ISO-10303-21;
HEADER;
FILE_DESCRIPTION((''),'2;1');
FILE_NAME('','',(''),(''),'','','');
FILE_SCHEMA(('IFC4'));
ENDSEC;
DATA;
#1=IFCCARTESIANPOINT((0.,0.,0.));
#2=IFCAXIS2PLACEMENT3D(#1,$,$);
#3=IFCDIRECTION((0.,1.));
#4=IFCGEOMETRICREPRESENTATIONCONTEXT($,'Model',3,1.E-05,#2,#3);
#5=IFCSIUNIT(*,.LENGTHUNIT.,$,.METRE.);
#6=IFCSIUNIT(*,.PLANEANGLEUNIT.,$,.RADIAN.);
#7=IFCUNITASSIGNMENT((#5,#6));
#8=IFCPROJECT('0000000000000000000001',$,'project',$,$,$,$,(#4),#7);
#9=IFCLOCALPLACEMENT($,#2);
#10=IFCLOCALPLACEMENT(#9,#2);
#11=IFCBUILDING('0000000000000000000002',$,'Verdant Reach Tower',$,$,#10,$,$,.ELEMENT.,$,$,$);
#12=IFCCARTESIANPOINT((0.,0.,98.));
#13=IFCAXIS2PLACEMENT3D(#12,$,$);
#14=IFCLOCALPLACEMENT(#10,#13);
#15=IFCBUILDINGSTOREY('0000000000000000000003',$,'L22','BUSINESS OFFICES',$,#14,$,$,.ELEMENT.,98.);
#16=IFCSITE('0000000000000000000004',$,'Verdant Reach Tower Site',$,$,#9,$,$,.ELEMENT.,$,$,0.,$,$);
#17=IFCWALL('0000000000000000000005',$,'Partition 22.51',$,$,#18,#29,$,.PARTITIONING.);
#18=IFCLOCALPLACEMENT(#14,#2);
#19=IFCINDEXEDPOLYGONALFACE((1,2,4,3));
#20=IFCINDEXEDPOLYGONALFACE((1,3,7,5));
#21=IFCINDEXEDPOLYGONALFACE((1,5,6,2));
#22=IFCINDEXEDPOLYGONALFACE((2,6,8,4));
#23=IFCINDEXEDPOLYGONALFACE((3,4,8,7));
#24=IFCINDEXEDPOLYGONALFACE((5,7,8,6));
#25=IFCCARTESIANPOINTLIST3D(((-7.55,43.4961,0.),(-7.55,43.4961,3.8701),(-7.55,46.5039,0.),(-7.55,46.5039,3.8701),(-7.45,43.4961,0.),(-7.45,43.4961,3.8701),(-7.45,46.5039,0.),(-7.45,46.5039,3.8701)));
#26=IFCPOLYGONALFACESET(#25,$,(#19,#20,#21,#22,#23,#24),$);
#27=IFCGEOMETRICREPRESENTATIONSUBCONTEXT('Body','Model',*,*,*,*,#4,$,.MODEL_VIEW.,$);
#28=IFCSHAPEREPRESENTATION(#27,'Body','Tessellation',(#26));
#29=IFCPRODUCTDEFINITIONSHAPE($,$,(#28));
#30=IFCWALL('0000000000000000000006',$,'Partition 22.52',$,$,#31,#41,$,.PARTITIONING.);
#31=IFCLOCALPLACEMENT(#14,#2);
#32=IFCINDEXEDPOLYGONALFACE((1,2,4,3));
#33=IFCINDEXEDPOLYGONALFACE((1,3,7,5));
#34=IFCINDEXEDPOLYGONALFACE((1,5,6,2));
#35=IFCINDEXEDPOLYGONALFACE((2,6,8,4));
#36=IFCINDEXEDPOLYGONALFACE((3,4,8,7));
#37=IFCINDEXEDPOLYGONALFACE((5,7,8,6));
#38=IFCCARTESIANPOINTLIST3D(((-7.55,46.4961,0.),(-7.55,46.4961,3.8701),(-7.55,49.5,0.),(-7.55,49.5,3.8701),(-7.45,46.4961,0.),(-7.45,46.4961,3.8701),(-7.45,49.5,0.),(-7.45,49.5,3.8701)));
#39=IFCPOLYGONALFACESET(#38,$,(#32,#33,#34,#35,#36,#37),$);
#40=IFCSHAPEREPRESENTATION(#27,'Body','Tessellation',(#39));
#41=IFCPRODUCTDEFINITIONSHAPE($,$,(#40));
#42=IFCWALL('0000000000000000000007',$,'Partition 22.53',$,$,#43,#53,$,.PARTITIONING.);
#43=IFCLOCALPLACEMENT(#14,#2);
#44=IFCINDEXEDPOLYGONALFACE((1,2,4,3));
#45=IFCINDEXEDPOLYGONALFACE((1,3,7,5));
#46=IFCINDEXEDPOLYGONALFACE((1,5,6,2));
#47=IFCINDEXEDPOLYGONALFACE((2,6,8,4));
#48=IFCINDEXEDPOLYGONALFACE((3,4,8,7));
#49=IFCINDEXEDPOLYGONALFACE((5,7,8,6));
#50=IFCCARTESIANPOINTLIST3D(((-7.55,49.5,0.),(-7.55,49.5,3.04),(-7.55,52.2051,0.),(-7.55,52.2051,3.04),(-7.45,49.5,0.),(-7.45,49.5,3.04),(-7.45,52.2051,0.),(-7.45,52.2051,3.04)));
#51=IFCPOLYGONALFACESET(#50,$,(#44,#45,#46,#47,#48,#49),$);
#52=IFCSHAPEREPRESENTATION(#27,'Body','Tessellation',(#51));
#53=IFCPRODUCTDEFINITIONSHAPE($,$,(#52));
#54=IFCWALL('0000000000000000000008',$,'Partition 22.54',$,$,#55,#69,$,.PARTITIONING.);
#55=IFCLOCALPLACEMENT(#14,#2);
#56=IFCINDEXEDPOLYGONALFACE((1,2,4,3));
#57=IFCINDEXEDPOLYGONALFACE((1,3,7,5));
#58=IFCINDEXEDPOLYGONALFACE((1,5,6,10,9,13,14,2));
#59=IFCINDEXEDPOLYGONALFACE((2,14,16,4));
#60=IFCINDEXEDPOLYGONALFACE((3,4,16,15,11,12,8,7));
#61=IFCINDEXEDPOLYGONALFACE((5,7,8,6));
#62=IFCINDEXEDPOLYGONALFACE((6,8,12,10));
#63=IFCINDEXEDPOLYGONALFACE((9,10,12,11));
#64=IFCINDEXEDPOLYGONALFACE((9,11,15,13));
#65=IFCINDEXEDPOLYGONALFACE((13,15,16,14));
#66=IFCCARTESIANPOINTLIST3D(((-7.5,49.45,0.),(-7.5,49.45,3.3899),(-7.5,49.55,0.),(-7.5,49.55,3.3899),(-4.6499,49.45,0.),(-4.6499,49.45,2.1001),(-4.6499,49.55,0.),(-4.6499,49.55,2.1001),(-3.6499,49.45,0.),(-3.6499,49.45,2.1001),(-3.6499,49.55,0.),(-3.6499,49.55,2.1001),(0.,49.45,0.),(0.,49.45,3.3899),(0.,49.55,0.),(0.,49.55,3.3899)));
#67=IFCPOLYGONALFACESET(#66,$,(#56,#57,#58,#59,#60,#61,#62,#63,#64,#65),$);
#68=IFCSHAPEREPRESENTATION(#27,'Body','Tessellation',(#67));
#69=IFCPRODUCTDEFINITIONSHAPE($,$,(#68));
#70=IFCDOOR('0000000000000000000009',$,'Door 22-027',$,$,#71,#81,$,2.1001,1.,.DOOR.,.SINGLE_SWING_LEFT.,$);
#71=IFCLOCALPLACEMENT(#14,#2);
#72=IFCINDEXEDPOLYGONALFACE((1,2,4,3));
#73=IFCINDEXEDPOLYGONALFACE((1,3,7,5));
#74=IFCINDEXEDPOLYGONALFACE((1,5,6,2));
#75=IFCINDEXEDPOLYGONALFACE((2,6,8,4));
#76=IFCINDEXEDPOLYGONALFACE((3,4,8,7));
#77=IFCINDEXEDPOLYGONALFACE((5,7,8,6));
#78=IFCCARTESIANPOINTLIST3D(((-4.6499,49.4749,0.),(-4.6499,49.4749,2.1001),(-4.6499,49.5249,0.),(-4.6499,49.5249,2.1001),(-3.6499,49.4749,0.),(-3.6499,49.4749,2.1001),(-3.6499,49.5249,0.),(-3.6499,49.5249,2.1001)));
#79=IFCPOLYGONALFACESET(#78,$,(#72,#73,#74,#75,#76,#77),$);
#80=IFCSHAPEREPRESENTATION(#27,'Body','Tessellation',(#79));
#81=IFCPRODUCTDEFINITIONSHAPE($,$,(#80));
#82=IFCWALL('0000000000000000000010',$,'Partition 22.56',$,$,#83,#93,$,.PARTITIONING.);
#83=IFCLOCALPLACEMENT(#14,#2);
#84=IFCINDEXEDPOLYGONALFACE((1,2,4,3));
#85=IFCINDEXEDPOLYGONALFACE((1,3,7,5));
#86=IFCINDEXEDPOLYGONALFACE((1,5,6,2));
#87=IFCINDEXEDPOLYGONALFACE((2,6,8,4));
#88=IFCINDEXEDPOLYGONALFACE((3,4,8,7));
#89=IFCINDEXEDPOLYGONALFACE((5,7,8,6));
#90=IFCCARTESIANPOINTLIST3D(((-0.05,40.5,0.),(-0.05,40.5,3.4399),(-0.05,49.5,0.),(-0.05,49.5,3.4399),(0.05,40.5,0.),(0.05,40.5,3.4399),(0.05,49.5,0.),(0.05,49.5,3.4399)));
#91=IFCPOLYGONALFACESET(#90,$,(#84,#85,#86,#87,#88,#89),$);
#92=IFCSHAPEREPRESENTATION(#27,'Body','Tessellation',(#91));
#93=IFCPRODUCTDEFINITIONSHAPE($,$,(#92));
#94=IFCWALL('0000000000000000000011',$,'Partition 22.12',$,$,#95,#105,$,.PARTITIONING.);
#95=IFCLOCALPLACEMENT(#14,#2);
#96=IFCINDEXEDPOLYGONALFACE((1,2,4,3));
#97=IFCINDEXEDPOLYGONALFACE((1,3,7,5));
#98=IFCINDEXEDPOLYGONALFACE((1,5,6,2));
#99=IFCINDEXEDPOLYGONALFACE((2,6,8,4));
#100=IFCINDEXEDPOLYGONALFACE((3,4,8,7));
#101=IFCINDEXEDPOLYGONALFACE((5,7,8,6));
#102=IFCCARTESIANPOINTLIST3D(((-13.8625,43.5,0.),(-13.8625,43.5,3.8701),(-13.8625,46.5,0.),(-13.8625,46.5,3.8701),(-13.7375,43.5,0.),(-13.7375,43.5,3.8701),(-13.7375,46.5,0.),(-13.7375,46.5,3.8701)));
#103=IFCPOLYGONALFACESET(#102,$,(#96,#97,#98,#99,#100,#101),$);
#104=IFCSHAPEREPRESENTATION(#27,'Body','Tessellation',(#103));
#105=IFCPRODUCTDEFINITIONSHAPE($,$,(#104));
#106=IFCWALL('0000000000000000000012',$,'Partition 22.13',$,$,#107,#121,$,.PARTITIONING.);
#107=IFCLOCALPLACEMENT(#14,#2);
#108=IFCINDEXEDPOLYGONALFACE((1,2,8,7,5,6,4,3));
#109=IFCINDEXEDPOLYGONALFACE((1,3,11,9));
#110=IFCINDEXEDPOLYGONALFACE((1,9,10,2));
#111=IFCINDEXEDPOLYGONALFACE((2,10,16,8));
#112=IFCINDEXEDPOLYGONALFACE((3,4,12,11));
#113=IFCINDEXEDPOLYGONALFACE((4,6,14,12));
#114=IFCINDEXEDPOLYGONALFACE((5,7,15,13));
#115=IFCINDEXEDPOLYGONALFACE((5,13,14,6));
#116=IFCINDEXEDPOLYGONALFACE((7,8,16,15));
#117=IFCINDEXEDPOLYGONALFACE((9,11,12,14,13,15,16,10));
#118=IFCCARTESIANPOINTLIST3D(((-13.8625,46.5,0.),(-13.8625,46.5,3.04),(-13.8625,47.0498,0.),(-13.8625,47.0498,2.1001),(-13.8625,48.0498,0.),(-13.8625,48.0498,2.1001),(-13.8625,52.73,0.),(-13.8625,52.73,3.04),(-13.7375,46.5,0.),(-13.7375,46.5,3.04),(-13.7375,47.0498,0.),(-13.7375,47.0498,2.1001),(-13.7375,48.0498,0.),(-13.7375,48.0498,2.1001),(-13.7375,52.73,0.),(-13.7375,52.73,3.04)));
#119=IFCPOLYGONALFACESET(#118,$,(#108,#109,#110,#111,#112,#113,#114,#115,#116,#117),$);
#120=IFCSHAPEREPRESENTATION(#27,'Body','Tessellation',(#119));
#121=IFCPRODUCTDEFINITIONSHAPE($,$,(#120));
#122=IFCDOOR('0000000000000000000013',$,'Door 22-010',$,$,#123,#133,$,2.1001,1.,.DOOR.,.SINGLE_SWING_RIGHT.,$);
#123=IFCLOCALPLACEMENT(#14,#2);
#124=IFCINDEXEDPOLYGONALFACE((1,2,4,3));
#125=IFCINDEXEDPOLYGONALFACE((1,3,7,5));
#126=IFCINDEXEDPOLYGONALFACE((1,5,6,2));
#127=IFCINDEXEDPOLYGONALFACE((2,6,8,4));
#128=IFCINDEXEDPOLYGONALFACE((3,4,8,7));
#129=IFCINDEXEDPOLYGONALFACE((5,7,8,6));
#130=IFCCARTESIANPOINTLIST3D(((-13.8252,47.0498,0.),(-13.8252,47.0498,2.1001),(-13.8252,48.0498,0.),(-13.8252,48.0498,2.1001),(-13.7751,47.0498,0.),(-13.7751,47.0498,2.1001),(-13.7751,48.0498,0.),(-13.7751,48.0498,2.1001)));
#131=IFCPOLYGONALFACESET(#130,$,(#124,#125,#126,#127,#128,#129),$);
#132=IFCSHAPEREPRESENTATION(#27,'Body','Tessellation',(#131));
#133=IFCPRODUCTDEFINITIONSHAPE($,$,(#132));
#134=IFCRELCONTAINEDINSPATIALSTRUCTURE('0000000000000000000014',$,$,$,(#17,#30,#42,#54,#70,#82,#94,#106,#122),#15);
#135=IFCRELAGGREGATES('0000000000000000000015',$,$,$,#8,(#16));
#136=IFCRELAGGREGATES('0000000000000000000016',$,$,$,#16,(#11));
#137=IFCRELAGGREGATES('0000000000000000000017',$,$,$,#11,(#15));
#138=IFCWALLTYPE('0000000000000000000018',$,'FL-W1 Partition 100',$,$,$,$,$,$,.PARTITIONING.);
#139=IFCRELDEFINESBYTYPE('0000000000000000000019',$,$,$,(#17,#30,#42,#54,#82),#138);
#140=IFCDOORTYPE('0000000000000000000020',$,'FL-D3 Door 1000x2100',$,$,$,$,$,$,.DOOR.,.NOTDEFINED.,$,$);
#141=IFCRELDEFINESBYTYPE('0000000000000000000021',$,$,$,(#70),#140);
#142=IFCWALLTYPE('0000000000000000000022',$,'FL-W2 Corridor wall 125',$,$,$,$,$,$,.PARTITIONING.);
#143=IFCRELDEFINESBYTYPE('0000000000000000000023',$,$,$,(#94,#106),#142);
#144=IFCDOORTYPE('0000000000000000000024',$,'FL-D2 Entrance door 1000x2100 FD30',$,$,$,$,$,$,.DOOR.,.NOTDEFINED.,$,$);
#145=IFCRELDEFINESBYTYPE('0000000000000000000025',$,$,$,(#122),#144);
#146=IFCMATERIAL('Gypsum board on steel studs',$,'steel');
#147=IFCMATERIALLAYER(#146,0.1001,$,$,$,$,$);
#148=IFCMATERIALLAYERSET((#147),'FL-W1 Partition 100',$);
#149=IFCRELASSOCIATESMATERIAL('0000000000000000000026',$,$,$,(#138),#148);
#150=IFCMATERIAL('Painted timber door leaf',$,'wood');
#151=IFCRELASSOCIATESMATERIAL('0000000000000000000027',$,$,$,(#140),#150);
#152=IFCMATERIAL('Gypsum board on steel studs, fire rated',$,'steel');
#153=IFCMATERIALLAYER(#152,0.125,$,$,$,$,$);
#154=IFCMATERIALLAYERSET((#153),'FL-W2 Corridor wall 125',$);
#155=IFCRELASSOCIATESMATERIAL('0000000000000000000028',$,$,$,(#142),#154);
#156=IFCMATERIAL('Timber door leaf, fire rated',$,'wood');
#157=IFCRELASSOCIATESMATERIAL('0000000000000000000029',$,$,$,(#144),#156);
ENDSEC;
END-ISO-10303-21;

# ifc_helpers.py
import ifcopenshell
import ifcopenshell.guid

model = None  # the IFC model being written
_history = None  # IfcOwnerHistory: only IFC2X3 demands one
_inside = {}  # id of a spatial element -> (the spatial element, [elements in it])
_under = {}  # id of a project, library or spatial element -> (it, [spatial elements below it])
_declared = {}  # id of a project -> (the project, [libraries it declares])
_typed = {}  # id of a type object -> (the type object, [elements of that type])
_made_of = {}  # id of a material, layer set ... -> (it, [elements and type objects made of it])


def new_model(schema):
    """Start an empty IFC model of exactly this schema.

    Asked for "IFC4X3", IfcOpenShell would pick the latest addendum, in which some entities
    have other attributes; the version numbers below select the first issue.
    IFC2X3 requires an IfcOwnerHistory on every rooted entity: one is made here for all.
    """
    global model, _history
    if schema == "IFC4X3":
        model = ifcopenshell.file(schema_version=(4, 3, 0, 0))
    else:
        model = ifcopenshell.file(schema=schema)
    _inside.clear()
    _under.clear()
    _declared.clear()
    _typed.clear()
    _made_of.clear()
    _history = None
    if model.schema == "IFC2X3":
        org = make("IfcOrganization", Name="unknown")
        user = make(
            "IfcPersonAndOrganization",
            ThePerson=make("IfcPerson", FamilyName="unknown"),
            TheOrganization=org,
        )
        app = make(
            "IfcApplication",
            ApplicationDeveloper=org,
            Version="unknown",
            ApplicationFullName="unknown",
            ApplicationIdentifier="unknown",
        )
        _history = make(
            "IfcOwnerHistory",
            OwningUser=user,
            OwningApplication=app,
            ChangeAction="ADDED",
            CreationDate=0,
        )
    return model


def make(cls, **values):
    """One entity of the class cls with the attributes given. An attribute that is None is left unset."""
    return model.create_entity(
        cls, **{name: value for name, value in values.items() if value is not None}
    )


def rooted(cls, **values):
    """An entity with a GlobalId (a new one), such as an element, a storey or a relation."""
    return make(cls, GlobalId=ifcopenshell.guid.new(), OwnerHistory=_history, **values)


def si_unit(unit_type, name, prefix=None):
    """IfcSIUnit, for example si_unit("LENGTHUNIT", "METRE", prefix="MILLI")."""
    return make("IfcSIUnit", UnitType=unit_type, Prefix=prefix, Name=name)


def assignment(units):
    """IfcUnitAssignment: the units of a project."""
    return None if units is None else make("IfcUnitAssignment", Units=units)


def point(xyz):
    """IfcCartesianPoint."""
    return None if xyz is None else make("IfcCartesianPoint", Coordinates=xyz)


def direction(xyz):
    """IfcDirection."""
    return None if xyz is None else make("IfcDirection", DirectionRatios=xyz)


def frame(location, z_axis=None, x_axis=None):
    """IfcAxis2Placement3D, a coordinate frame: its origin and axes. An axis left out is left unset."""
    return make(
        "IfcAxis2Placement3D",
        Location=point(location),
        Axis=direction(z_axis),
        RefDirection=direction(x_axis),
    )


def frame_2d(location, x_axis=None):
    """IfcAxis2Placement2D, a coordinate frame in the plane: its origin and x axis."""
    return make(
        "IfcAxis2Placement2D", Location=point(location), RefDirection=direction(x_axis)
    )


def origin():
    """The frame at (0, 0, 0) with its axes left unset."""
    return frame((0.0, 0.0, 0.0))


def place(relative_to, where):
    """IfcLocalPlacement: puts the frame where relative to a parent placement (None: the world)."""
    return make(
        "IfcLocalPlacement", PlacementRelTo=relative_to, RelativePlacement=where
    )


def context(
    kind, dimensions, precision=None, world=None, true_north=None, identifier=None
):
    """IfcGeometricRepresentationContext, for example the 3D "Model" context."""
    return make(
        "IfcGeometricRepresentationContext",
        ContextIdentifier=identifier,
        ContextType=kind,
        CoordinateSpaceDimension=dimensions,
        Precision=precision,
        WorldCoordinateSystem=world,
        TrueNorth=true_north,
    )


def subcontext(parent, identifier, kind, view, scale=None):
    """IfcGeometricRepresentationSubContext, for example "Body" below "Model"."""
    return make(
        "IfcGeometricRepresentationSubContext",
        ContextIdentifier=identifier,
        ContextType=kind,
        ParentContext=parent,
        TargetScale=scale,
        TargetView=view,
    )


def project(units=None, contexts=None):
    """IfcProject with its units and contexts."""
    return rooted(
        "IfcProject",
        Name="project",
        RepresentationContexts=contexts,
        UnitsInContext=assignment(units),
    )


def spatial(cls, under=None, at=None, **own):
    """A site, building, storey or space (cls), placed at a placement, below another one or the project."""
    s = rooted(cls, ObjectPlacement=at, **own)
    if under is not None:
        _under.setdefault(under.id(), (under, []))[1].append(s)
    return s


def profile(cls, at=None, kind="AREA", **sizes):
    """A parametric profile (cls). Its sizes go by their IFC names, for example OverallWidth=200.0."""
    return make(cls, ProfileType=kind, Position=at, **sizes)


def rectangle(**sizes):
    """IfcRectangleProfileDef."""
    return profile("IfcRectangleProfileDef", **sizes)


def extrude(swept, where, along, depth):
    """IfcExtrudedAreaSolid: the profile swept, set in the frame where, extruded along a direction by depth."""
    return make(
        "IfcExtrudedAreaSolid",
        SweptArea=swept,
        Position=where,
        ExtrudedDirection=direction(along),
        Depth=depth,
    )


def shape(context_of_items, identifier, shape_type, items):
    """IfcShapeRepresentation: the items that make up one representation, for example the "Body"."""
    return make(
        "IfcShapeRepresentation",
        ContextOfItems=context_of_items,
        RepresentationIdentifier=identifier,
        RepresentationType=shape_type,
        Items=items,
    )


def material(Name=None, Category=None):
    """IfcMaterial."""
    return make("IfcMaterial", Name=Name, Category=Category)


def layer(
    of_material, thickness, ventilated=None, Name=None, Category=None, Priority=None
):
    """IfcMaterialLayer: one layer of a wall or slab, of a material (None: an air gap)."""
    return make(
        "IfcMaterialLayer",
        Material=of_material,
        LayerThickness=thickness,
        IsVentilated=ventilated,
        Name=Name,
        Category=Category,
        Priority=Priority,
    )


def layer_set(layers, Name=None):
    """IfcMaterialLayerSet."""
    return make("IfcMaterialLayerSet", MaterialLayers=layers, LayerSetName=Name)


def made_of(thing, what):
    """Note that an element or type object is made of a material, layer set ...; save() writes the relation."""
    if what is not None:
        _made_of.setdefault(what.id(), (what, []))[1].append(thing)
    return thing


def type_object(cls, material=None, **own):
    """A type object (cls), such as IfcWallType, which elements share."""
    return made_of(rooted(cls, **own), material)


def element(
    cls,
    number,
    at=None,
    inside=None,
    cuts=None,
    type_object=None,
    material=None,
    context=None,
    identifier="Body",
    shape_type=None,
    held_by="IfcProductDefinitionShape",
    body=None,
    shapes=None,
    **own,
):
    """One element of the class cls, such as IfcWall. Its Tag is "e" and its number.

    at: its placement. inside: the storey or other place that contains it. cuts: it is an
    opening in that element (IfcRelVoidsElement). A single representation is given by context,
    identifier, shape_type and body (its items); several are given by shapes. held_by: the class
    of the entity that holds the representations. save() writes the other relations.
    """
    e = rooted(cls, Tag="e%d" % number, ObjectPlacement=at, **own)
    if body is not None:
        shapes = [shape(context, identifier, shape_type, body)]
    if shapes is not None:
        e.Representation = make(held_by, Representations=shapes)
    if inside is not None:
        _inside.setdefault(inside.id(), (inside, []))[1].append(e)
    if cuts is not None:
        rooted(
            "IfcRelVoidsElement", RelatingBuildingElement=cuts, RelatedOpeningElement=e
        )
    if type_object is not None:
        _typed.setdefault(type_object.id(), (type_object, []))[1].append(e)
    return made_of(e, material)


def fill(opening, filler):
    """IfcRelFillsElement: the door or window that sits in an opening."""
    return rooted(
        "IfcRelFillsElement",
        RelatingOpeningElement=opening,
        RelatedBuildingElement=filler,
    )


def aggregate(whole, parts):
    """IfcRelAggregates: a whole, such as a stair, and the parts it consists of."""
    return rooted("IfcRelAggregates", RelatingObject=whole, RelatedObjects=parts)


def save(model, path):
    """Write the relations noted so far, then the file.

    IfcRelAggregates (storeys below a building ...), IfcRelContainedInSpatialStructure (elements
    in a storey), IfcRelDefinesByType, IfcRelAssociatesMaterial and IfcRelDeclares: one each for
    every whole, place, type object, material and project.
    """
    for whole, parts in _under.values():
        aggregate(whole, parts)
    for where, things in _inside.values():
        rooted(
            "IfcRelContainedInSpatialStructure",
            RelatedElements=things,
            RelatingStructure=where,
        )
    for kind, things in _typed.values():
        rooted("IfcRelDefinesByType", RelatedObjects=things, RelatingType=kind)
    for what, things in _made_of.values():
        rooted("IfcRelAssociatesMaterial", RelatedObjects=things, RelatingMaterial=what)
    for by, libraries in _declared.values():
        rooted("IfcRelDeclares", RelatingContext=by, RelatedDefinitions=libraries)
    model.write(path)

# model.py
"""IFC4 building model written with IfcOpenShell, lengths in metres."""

from ifc_helpers import new_model, si_unit, direction, frame, frame_2d, origin, place, context, subcontext, project, spatial, rectangle, extrude, material, layer, layer_set, type_object, element, fill, save


model = new_model("IFC4")

# Units and contexts
model_context = context("Model", 3, precision=1e-05, world=origin(), true_north=direction((0.0, 1.0)))
body_context = subcontext(model_context, "Body", "Model", "MODEL_VIEW")
ifc_project = project(units=[si_unit("LENGTHUNIT", "METRE"), si_unit("PLANEANGLEUNIT", "RADIAN")], contexts=[model_context])

# Site, building, storey
site_placement = place(None, origin())
site = spatial("IfcSite", under=ifc_project, at=site_placement, Name="Verdant Reach Tower Site", CompositionType="ELEMENT", RefElevation=0.0)
building_placement = place(site_placement, origin())
building = spatial("IfcBuilding", under=site, at=building_placement, Name="Verdant Reach Tower", CompositionType="ELEMENT")
storey_placement = place(building_placement, frame((0.0, 0.0, 98.0)))
storey = spatial("IfcBuildingStorey", under=building, at=storey_placement, Name="L22", Description="BUSINESS OFFICES", CompositionType="ELEMENT", Elevation=98.0)

# Shared definitions
ifc_material_1 = material(Name="Gypsum board on steel studs", Category="steel")
ifc_layer_1 = layer(ifc_material_1, 0.1001)
ifc_layer_set_1 = layer_set([ifc_layer_1], Name="FL-W1 Partition 100")
wall_type_1 = type_object("IfcWallType", Name="FL-W1 Partition 100", PredefinedType="PARTITIONING", material=ifc_layer_set_1)
ifc_material_2 = material(Name="Painted timber door leaf", Category="wood")
door_type_1 = type_object("IfcDoorType", Name="FL-D3 Door 1000x2100", OperationType="NOTDEFINED", PredefinedType="DOOR", material=ifc_material_2)

# Walls
wall_1_placement = place(storey_placement, frame((-7.5, 43.4961, 0.0), z_axis=(0.0, 0.0, 1.0), x_axis=(0.0, 1.0, 0.0)))
element("IfcWall", 1, at=wall_1_placement, inside=storey, type_object=wall_type_1, Name="Partition 22.51", PredefinedType="PARTITIONING", context=body_context, shape_type="SweptSolid", body=[
    extrude(rectangle(XDim=3.0078, YDim=0.1001, at=frame_2d((1.5039, 0.0))), origin(), (0.0, 0.0, 1.0), 3.8701),
])
wall_2_placement = place(storey_placement, frame((-7.5, 46.4961, 0.0), z_axis=(0.0, 0.0, 1.0), x_axis=(0.0, 1.0, 0.0)))
element("IfcWall", 2, at=wall_2_placement, inside=storey, type_object=wall_type_1, Name="Partition 22.52", PredefinedType="PARTITIONING", context=body_context, shape_type="SweptSolid", body=[
    extrude(rectangle(XDim=3.0039, YDim=0.1001, at=frame_2d((1.502, 0.0))), origin(), (0.0, 0.0, 1.0), 3.8701),
])
wall_3_placement = place(storey_placement, frame((-7.5, 49.5, 0.0), z_axis=(0.0, 0.0, 1.0), x_axis=(0.0, 1.0, 0.0)))
element("IfcWall", 3, at=wall_3_placement, inside=storey, type_object=wall_type_1, Name="Partition 22.53", PredefinedType="PARTITIONING", context=body_context, shape_type="SweptSolid", body=[
    extrude(rectangle(XDim=2.7051, YDim=0.1001, at=frame_2d((1.3525, 0.0))), origin(), (0.0, 0.0, 1.0), 3.04),
])

# Wall, opening, door
wall_4_placement = place(storey_placement, frame((-7.5, 49.5, 0.0), z_axis=(0.0, 0.0, 1.0), x_axis=(1.0, 0.0, 0.0)))
wall_4 = element("IfcWall", 4, at=wall_4_placement, inside=storey, type_object=wall_type_1, Name="Partition 22.54", PredefinedType="PARTITIONING", context=body_context, shape_type="SweptSolid", body=[
    extrude(rectangle(XDim=7.5, YDim=0.1001, at=frame_2d((3.75, 0.0))), origin(), (0.0, 0.0, 1.0), 3.3899),
])
opening_1_placement = place(wall_4_placement, frame((2.8501, 0.0, 0.0)))
opening_1 = element("IfcOpeningElement", 5, at=opening_1_placement, cuts=wall_4, PredefinedType="OPENING", context=body_context, shape_type="SweptSolid", body=[
    extrude(rectangle(XDim=1.0, YDim=2.1001, at=frame_2d((0.5, 1.05))), frame((0.0, 0.0601, 0.0), z_axis=(0.0, -1.0, 0.0), x_axis=(1.0, 0.0, 0.0)), (0.0, 0.0, 1.0), 0.1201),
])
door_1_placement = place(opening_1_placement, origin())
door_1 = element("IfcDoor", 6, at=door_1_placement, inside=storey, type_object=door_type_1, Name="Door 22-027", OperationType="SINGLE_SWING_LEFT", OverallHeight=2.1001, OverallWidth=1.0, PredefinedType="DOOR", context=body_context, shape_type="SweptSolid", body=[
    extrude(rectangle(XDim=1.0, YDim=2.1001, at=frame_2d((0.5, 1.05))), frame((0.0, 0.0249, 0.0), z_axis=(0.0, -1.0, 0.0), x_axis=(1.0, 0.0, 0.0)), (0.0, 0.0, 1.0), 0.05),
])
fill(opening_1, door_1)

# Walls
wall_5_placement = place(storey_placement, frame((0.0, 40.5, 0.0), z_axis=(0.0, 0.0, 1.0), x_axis=(0.0, 1.0, 0.0)))
element("IfcWall", 7, at=wall_5_placement, inside=storey, type_object=wall_type_1, Name="Partition 22.56", PredefinedType="PARTITIONING", context=body_context, shape_type="SweptSolid", body=[
    extrude(rectangle(XDim=9.0, YDim=0.1001, at=frame_2d((4.5, 0.0))), origin(), (0.0, 0.0, 1.0), 3.4399),
])
ifc_material_3 = material(Name="Gypsum board on steel studs, fire rated", Category="steel")
ifc_layer_2 = layer(ifc_material_3, 0.125)
ifc_layer_set_2 = layer_set([ifc_layer_2], Name="FL-W2 Corridor wall 125")
wall_type_2 = type_object("IfcWallType", Name="FL-W2 Corridor wall 125", PredefinedType="PARTITIONING", material=ifc_layer_set_2)
wall_6_placement = place(storey_placement, frame((-13.8, 43.5, 0.0), z_axis=(0.0, 0.0, 1.0), x_axis=(0.0, 1.0, 0.0)))
element("IfcWall", 8, at=wall_6_placement, inside=storey, type_object=wall_type_2, Name="Partition 22.12", PredefinedType="PARTITIONING", context=body_context, shape_type="SweptSolid", body=[
    extrude(rectangle(XDim=3.0, YDim=0.125, at=frame_2d((1.5, 0.0))), origin(), (0.0, 0.0, 1.0), 3.8701),
])

# Wall, opening, door
wall_7_placement = place(storey_placement, frame((-13.8, 52.73, 0.0), z_axis=(0.0, 0.0, 1.0), x_axis=(0.0, -1.0, 0.0)))
wall_7 = element("IfcWall", 9, at=wall_7_placement, inside=storey, type_object=wall_type_2, Name="Partition 22.13", PredefinedType="PARTITIONING", context=body_context, shape_type="SweptSolid", body=[
    extrude(rectangle(XDim=6.23, YDim=0.125, at=frame_2d((3.115, 0.0))), origin(), (0.0, 0.0, 1.0), 3.04),
])
opening_2_placement = place(wall_7_placement, frame((4.6802, 0.0, 0.0)))
opening_2 = element("IfcOpeningElement", 10, at=opening_2_placement, cuts=wall_7, PredefinedType="OPENING", context=body_context, shape_type="SweptSolid", body=[
    extrude(rectangle(XDim=1.0, YDim=2.1001, at=frame_2d((0.5, 1.05))), frame((0.0, 0.0725, 0.0), z_axis=(0.0, -1.0, 0.0), x_axis=(1.0, 0.0, 0.0)), (0.0, 0.0, 1.0), 0.145),
])
ifc_material_4 = material(Name="Timber door leaf, fire rated", Category="wood")
door_type_2 = type_object("IfcDoorType", Name="FL-D2 Entrance door 1000x2100 FD30", OperationType="NOTDEFINED", PredefinedType="DOOR", material=ifc_material_4)
door_2_placement = place(opening_2_placement, origin())
door_2 = element("IfcDoor", 11, at=door_2_placement, inside=storey, type_object=door_type_2, Name="Door 22-010", OperationType="SINGLE_SWING_RIGHT", OverallHeight=2.1001, OverallWidth=1.0, PredefinedType="DOOR", context=body_context, shape_type="SweptSolid", body=[
    extrude(rectangle(XDim=1.0, YDim=2.1001, at=frame_2d((0.5, 1.05))), frame((0.0, 0.0249, 0.0), z_axis=(0.0, -1.0, 0.0), x_axis=(1.0, 0.0, 0.0)), (0.0, 0.0, 1.0), 0.05),
])
fill(opening_2, door_2)

save(model, "model.ifc")
